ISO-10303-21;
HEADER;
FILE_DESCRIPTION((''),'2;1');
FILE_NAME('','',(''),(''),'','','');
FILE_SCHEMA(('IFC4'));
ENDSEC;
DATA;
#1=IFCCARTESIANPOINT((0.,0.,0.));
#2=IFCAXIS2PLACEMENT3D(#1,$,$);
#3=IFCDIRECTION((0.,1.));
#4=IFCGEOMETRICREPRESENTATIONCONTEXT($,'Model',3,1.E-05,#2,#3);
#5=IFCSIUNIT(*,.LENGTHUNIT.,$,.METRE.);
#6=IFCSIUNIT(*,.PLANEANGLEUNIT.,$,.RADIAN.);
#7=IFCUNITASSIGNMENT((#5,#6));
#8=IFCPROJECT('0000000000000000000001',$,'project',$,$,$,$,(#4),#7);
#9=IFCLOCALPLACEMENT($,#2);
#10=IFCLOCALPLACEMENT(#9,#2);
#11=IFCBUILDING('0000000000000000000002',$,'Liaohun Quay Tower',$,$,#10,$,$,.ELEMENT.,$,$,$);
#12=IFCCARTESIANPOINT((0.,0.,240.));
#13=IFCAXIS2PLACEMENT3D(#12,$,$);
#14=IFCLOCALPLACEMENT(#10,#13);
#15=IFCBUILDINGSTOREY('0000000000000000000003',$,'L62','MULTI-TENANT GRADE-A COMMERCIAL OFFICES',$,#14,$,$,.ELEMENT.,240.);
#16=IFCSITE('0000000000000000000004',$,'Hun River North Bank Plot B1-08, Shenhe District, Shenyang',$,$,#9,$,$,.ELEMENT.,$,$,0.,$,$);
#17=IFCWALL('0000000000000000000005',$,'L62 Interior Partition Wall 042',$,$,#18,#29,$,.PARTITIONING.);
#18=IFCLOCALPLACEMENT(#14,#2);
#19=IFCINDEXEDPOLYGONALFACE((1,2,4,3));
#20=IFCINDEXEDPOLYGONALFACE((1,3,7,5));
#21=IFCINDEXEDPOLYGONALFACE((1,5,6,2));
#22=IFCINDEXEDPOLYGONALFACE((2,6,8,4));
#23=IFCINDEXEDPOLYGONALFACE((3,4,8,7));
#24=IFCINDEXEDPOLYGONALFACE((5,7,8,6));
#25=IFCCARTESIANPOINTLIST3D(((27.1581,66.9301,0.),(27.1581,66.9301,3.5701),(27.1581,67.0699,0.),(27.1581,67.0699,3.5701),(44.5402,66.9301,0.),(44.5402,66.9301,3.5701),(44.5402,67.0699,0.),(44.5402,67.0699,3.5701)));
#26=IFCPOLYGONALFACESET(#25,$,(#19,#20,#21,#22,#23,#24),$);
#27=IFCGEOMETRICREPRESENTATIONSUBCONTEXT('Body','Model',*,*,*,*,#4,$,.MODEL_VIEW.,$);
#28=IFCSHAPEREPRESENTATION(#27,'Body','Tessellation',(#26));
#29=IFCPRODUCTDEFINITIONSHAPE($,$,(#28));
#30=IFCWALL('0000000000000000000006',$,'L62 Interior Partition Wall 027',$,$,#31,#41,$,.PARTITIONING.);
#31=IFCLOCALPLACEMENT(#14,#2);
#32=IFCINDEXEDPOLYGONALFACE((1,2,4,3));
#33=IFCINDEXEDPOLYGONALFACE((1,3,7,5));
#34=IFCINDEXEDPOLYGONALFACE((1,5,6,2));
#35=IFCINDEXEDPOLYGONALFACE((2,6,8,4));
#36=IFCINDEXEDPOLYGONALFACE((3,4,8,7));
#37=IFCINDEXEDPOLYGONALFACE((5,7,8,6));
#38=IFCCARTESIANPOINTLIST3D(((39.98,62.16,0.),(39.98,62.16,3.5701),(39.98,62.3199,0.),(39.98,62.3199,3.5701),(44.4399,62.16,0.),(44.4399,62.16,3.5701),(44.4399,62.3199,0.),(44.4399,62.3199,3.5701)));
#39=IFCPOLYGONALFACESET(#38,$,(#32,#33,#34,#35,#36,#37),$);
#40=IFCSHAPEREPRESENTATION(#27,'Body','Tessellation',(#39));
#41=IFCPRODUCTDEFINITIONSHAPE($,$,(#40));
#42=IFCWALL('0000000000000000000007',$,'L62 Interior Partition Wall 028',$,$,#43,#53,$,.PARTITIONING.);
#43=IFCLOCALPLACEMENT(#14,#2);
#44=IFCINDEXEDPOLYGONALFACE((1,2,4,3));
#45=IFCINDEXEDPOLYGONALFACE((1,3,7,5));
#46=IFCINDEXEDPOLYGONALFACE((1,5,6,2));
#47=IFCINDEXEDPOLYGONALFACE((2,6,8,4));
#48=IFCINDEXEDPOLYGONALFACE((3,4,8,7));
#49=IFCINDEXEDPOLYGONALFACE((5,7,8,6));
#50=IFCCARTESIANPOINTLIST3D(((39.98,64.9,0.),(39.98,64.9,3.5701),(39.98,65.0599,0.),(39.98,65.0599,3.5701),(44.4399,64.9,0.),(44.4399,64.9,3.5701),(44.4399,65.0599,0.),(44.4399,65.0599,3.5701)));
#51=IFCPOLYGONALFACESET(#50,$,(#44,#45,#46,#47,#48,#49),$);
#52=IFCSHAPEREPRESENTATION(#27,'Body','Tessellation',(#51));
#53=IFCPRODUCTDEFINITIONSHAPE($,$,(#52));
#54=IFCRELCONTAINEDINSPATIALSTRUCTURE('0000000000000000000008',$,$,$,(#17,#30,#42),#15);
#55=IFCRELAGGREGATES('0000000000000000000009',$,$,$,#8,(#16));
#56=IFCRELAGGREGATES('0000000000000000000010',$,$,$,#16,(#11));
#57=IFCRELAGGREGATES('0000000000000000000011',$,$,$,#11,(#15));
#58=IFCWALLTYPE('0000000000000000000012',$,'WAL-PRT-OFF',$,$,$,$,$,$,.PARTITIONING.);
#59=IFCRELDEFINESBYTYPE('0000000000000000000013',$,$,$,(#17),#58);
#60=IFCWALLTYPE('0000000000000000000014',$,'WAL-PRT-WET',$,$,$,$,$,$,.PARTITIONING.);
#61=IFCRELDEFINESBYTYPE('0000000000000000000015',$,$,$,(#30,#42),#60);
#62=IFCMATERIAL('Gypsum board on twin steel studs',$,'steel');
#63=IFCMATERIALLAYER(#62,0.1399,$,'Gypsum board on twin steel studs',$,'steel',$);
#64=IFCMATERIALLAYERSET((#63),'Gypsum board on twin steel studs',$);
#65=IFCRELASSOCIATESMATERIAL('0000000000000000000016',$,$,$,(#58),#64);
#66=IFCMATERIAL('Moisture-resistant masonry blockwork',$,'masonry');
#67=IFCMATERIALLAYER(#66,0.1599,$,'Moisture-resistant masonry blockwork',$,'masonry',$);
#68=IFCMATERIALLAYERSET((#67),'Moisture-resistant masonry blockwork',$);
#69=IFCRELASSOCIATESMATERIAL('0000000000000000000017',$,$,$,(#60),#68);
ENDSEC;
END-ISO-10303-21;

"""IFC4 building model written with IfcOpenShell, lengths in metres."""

from ifc_helpers import new_model, si_unit, direction, frame, frame_2d, origin, place, context, subcontext, project, spatial, rectangle, extrude, material, layer, layer_set, type_object, element, save


model = new_model("IFC4")

# Units and contexts
model_context = context("Model", 3, precision=1e-05, world=origin(), true_north=direction((0.0, 1.0)))
body_context = subcontext(model_context, "Body", "Model", "MODEL_VIEW")
ifc_project = project(units=[si_unit("LENGTHUNIT", "METRE"), si_unit("PLANEANGLEUNIT", "RADIAN")], contexts=[model_context])

# Site, building, storey
site_placement = place(None, origin())
site = spatial("IfcSite", under=ifc_project, at=site_placement, Name="Hun River North Bank Plot B1-08, Shenhe District, Shenyang", CompositionType="ELEMENT", RefElevation=0.0)
building_placement = place(site_placement, origin())
building = spatial("IfcBuilding", under=site, at=building_placement, Name="Liaohun Quay Tower", CompositionType="ELEMENT")
storey_placement = place(building_placement, frame((0.0, 0.0, 240.0)))
storey = spatial("IfcBuildingStorey", under=building, at=storey_placement, Name="L62", Description="MULTI-TENANT GRADE-A COMMERCIAL OFFICES", CompositionType="ELEMENT", Elevation=240.0)

# Wall
ifc_material_1 = material(Name="Gypsum board on twin steel studs", Category="steel")
ifc_layer_1 = layer(ifc_material_1, 0.1399, Name="Gypsum board on twin steel studs", Category="steel")
ifc_layer_set_1 = layer_set([ifc_layer_1], Name="Gypsum board on twin steel studs")
wall_type_1 = type_object("IfcWallType", Name="WAL-PRT-OFF", PredefinedType="PARTITIONING", material=ifc_layer_set_1)
wall_1_placement = place(storey_placement, frame((44.54, 67.0, 0.0), z_axis=(0.0, 0.0, 1.0), x_axis=(-1.0, 0.0, 0.0)))
element("IfcWall", 1, at=wall_1_placement, inside=storey, type_object=wall_type_1, Name="L62 Interior Partition Wall 042", PredefinedType="PARTITIONING", context=body_context, shape_type="SweptSolid", body=[
    extrude(rectangle(XDim=17.3821, YDim=0.1399, at=frame_2d((8.6909, 0.0))), origin(), (0.0, 0.0, 1.0), 3.5701),
])

# Shared definitions
ifc_material_2 = material(Name="Moisture-resistant masonry blockwork", Category="masonry")
ifc_layer_2 = layer(ifc_material_2, 0.1599, Name="Moisture-resistant masonry blockwork", Category="masonry")
ifc_layer_set_2 = layer_set([ifc_layer_2], Name="Moisture-resistant masonry blockwork")
wall_type_2 = type_object("IfcWallType", Name="WAL-PRT-WET", PredefinedType="PARTITIONING", material=ifc_layer_set_2)

# Walls
for number, where, z_axis, x_axis, name in (
    (2, (39.98, 62.24, 0.0), (0.0, 0.0, 1.0), (1.0, 0.0, 0.0), "L62 Interior Partition Wall 027"),
    (3, (39.98, 64.98, 0.0), (0.0, 0.0, 1.0), (1.0, 0.0, 0.0), "L62 Interior Partition Wall 028"),
):
    element("IfcWall", number, at=place(storey_placement, frame(where, z_axis=z_axis, x_axis=x_axis)), inside=storey, type_object=wall_type_2, Name=name, PredefinedType="PARTITIONING", context=body_context, shape_type="SweptSolid", body=[
        extrude(rectangle(XDim=4.46, YDim=0.1599, at=frame_2d((2.23, 0.0))), origin(), (0.0, 0.0, 1.0), 3.5701),
    ])

save(model, "model.ifc")
